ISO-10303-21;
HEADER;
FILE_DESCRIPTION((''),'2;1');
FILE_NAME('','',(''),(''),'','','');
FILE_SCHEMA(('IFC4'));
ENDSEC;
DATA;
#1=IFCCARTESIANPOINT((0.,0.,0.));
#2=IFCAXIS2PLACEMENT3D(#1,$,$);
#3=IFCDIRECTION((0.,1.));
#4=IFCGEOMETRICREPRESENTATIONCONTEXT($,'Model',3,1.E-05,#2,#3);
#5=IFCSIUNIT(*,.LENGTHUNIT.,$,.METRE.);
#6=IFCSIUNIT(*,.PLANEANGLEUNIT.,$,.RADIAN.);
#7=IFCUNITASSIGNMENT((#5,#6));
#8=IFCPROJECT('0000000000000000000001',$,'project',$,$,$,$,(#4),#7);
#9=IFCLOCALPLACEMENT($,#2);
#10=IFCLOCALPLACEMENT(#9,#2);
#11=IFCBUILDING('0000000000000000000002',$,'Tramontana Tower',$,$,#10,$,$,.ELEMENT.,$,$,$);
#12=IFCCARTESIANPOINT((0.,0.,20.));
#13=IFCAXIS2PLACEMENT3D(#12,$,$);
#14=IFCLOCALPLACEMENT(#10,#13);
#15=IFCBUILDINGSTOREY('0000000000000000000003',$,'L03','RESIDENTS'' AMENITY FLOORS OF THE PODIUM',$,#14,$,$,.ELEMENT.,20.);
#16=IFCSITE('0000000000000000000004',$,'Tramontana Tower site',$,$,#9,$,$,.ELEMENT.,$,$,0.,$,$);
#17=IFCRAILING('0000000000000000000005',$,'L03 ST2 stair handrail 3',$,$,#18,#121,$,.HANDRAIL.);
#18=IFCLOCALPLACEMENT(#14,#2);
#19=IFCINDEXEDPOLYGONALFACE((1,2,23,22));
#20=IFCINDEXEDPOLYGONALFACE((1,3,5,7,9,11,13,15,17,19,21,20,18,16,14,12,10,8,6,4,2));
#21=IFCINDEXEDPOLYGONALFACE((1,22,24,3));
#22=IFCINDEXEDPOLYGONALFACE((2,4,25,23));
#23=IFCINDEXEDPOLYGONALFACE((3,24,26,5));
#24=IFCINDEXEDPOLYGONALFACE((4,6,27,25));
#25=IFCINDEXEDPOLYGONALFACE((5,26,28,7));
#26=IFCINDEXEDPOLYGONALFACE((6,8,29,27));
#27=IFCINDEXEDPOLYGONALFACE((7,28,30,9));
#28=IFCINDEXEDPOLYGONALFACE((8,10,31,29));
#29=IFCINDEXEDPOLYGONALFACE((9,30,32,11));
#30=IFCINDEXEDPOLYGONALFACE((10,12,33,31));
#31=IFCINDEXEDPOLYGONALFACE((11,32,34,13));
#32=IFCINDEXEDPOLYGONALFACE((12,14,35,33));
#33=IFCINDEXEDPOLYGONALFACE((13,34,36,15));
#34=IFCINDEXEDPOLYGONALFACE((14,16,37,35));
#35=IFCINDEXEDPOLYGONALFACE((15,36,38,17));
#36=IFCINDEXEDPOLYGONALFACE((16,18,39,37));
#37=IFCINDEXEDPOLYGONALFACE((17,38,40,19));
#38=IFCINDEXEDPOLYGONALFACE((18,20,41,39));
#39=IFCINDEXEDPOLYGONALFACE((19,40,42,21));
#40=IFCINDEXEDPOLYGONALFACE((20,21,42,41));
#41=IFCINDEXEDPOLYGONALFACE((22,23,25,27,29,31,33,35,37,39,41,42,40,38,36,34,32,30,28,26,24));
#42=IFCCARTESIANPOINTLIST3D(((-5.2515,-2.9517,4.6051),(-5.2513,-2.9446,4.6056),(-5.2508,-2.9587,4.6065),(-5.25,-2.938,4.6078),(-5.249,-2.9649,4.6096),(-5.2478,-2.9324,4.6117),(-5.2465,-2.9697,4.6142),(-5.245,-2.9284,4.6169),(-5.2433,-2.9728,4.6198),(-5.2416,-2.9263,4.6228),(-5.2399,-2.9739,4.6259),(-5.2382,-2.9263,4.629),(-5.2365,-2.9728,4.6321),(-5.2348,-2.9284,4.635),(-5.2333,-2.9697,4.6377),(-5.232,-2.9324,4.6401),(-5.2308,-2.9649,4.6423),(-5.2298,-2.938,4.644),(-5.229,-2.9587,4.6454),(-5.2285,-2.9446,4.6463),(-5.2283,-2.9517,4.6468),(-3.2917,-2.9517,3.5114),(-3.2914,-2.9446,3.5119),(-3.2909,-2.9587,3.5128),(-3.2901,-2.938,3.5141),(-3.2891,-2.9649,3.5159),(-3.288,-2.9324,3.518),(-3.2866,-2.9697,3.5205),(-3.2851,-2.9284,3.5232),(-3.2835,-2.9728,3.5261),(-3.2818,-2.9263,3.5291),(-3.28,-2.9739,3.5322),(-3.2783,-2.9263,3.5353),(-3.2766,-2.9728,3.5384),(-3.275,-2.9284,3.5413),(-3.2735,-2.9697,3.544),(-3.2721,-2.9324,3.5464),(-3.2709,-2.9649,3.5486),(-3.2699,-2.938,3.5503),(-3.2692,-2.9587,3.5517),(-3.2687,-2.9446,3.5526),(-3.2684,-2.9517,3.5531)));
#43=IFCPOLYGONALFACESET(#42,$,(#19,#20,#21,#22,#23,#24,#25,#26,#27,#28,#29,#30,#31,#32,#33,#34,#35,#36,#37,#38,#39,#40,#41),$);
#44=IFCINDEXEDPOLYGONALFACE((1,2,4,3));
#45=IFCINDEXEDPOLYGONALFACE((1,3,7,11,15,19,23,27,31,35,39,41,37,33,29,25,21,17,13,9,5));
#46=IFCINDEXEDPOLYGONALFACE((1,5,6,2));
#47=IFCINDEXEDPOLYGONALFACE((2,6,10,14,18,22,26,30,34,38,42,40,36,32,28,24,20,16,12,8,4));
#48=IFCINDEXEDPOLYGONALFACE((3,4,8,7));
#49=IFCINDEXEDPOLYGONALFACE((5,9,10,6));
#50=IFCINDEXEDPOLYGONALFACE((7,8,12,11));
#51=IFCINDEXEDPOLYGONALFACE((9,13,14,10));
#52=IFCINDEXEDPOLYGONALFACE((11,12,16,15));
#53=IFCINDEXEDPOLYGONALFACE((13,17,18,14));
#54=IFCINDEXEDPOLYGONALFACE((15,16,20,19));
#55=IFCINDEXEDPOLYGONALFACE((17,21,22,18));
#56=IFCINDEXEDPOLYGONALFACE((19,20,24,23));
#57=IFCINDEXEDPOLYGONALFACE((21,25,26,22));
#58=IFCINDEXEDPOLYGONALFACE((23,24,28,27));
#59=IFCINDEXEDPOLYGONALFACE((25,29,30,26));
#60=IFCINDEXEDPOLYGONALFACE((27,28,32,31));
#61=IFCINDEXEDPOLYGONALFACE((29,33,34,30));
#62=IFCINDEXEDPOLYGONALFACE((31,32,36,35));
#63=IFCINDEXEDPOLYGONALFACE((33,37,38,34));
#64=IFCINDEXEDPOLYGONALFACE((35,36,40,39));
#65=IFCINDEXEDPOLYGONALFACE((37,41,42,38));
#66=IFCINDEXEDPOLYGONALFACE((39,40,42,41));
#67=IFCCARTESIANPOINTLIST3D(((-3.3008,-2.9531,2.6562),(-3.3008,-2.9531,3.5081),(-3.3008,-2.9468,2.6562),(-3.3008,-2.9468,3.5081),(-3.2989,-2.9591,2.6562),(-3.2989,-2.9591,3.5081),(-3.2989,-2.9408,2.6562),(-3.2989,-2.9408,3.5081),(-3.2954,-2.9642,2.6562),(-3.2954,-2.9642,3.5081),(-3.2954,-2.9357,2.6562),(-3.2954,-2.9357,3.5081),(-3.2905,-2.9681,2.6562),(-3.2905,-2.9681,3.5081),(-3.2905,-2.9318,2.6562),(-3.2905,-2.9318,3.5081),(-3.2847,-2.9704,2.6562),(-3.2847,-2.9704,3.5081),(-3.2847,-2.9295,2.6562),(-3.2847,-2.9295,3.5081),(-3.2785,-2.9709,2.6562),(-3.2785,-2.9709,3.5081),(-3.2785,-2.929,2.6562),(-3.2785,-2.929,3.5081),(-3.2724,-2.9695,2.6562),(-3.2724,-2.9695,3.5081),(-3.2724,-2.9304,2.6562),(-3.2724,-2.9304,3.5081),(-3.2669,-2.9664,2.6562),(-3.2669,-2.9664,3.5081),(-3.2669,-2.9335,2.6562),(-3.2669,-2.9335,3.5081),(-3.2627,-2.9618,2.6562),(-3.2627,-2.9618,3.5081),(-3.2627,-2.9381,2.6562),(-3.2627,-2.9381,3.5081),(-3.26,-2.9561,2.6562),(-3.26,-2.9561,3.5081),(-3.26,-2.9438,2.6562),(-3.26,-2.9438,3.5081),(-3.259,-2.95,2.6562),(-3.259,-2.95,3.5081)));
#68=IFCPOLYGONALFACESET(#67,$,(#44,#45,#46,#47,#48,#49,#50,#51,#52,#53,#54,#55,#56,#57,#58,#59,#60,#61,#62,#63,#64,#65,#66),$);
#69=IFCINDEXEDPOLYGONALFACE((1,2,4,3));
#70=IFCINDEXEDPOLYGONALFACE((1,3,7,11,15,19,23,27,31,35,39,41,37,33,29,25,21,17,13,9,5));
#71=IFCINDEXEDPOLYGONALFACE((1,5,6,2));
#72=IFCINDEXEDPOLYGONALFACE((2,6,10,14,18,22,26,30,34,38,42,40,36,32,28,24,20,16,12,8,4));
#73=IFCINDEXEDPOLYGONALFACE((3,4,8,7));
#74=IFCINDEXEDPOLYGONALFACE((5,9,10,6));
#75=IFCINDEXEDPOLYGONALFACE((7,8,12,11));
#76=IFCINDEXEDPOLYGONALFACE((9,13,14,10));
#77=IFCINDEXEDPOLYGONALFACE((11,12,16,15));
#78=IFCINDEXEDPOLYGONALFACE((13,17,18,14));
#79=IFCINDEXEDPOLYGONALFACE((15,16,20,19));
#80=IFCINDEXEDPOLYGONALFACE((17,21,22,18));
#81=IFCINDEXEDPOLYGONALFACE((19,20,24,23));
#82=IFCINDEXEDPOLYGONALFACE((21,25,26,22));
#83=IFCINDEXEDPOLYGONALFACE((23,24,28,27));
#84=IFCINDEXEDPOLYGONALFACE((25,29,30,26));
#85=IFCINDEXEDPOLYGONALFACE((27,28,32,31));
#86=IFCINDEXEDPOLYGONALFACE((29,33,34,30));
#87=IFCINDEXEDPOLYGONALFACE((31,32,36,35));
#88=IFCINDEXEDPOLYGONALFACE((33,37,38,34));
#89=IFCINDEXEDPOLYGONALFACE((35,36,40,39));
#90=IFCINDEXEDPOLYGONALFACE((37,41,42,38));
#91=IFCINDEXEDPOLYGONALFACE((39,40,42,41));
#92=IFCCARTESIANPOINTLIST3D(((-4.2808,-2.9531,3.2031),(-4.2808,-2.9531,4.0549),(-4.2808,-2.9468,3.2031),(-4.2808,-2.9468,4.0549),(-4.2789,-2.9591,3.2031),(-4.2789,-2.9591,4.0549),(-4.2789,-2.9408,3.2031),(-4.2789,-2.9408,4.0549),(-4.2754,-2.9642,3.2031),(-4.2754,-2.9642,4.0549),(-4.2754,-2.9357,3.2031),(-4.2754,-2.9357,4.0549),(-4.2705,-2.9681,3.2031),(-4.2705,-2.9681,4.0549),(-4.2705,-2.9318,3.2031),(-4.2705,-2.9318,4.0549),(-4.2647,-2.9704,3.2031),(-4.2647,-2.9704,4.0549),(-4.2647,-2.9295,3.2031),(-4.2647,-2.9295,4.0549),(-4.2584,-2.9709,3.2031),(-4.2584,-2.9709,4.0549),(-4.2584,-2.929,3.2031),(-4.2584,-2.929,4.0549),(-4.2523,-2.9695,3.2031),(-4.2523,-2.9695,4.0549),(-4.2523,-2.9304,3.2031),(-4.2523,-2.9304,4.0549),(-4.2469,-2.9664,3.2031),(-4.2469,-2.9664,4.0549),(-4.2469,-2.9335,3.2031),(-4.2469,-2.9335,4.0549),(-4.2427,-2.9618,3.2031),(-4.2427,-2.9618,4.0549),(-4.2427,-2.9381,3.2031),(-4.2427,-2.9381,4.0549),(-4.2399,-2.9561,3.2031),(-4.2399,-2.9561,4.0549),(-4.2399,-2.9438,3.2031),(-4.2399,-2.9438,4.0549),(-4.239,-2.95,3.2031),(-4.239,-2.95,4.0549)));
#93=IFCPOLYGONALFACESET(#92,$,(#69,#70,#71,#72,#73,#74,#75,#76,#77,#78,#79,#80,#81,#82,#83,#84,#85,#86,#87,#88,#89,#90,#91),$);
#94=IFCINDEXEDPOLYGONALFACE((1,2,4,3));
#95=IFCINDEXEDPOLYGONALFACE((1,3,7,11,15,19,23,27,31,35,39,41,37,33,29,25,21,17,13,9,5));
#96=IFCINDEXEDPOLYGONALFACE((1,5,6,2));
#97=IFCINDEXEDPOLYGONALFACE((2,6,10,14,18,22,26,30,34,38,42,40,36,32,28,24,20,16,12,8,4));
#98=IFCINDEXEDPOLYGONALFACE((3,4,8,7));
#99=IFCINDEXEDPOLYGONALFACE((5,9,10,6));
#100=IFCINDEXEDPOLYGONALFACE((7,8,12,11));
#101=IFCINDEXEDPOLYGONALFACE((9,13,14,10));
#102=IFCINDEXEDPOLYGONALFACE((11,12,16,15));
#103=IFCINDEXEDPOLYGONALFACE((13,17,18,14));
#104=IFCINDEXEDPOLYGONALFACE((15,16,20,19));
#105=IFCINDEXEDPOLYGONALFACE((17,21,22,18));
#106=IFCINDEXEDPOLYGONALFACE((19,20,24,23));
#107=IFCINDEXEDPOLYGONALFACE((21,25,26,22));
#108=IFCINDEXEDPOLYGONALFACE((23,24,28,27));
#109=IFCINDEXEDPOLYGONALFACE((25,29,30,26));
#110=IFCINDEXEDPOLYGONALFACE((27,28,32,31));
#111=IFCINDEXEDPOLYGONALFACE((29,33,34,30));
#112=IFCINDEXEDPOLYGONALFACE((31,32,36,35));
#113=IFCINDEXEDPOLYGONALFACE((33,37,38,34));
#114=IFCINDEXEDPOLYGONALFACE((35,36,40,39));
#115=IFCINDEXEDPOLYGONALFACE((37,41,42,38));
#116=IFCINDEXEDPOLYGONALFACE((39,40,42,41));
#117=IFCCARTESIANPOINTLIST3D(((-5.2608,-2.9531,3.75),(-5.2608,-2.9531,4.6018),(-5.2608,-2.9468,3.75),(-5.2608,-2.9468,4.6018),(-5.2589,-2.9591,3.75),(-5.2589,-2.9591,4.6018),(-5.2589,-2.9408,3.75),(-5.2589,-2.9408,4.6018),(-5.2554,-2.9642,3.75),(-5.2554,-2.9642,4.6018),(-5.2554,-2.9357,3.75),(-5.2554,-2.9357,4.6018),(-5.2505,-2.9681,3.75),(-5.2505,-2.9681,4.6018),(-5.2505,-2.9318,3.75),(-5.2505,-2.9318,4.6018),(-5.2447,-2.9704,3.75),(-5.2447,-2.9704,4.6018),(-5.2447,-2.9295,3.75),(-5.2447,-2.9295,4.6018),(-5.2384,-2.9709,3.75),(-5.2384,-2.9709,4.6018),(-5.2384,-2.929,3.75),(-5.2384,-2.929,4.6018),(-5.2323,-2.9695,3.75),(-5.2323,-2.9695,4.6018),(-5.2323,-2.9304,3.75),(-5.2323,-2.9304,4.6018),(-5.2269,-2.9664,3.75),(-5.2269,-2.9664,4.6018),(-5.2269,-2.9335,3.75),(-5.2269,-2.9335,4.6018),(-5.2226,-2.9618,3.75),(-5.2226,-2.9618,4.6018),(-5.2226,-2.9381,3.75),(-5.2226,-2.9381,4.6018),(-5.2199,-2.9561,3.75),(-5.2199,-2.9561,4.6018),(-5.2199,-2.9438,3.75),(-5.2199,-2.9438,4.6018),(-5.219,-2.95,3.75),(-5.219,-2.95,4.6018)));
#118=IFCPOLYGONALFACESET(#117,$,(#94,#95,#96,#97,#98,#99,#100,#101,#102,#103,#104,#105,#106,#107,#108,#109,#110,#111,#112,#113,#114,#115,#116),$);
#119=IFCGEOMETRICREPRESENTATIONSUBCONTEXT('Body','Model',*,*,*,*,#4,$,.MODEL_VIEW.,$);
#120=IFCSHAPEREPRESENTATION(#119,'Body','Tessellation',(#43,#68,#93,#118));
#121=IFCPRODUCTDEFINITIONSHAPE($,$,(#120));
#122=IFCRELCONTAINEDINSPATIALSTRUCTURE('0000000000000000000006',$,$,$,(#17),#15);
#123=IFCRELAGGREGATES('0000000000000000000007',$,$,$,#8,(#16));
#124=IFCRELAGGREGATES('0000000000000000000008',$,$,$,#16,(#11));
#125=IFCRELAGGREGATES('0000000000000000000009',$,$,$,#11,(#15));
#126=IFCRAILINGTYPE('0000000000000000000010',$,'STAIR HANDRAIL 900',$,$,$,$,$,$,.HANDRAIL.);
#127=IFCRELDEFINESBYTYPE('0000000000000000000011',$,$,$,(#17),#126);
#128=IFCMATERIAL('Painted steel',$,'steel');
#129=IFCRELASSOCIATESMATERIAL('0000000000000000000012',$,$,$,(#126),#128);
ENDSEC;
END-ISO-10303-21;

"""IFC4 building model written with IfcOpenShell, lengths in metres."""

from ifc_helpers import new_model, si_unit, direction, frame, origin, origin_2d, place, context, subcontext, project, spatial, circle, extrude, material, type_object, element, save


model = new_model("IFC4")

# Units and contexts
model_context = context("Model", 3, precision=1e-05, world=origin(), true_north=direction((0.0, 1.0)))
body_context = subcontext(model_context, "Body", "Model", "MODEL_VIEW")
ifc_project = project(units=[si_unit("LENGTHUNIT", "METRE"), si_unit("PLANEANGLEUNIT", "RADIAN")], contexts=[model_context])

# Site, building, storey
site_placement = place(None, origin())
site = spatial("IfcSite", under=ifc_project, at=site_placement, Name="Tramontana Tower site", CompositionType="ELEMENT", RefElevation=0.0)
building_placement = place(site_placement, origin())
building = spatial("IfcBuilding", under=site, at=building_placement, Name="Tramontana Tower", CompositionType="ELEMENT")
storey_placement = place(building_placement, frame((0.0, 0.0, 20.0)))
storey = spatial("IfcBuildingStorey", under=building, at=storey_placement, Name="L03", Description="RESIDENTS' AMENITY FLOORS OF THE PODIUM", CompositionType="ELEMENT", Elevation=20.0)

# Railing
ifc_material_1 = material(Name="Painted steel", Category="steel")
railing_type_1 = type_object("IfcRailingType", Name="STAIR HANDRAIL 900", PredefinedType="HANDRAIL", material=ifc_material_1)
railing_1_placement = place(storey_placement, frame((-3.28, -2.95, 2.6562)))
element("IfcRailing", 1, at=railing_1_placement, inside=storey, type_object=railing_type_1, Name="L03 ST2 stair handrail 3", PredefinedType="HANDRAIL", context=body_context, shape_type="SweptSolid", body=[
    extrude(circle(Radius=0.0239, at=origin_2d()), frame((0.0, 0.0, 0.876), z_axis=(-0.873232, 0.0, 0.487304), x_axis=(0.0, -1.0, 0.0)), (0.0, 0.0, 1.0), 2.2444),
    extrude(circle(Radius=0.021, at=origin_2d()), origin(), (0.0, 0.0, 1.0), 0.8518),
    extrude(circle(Radius=0.021, at=origin_2d()), frame((-0.98, 0.0, 0.5469)), (0.0, 0.0, 1.0), 0.8518),
    extrude(circle(Radius=0.021, at=origin_2d()), frame((-1.96, 0.0, 1.0938)), (0.0, 0.0, 1.0), 0.8518),
])

save(model, "model.ifc")
